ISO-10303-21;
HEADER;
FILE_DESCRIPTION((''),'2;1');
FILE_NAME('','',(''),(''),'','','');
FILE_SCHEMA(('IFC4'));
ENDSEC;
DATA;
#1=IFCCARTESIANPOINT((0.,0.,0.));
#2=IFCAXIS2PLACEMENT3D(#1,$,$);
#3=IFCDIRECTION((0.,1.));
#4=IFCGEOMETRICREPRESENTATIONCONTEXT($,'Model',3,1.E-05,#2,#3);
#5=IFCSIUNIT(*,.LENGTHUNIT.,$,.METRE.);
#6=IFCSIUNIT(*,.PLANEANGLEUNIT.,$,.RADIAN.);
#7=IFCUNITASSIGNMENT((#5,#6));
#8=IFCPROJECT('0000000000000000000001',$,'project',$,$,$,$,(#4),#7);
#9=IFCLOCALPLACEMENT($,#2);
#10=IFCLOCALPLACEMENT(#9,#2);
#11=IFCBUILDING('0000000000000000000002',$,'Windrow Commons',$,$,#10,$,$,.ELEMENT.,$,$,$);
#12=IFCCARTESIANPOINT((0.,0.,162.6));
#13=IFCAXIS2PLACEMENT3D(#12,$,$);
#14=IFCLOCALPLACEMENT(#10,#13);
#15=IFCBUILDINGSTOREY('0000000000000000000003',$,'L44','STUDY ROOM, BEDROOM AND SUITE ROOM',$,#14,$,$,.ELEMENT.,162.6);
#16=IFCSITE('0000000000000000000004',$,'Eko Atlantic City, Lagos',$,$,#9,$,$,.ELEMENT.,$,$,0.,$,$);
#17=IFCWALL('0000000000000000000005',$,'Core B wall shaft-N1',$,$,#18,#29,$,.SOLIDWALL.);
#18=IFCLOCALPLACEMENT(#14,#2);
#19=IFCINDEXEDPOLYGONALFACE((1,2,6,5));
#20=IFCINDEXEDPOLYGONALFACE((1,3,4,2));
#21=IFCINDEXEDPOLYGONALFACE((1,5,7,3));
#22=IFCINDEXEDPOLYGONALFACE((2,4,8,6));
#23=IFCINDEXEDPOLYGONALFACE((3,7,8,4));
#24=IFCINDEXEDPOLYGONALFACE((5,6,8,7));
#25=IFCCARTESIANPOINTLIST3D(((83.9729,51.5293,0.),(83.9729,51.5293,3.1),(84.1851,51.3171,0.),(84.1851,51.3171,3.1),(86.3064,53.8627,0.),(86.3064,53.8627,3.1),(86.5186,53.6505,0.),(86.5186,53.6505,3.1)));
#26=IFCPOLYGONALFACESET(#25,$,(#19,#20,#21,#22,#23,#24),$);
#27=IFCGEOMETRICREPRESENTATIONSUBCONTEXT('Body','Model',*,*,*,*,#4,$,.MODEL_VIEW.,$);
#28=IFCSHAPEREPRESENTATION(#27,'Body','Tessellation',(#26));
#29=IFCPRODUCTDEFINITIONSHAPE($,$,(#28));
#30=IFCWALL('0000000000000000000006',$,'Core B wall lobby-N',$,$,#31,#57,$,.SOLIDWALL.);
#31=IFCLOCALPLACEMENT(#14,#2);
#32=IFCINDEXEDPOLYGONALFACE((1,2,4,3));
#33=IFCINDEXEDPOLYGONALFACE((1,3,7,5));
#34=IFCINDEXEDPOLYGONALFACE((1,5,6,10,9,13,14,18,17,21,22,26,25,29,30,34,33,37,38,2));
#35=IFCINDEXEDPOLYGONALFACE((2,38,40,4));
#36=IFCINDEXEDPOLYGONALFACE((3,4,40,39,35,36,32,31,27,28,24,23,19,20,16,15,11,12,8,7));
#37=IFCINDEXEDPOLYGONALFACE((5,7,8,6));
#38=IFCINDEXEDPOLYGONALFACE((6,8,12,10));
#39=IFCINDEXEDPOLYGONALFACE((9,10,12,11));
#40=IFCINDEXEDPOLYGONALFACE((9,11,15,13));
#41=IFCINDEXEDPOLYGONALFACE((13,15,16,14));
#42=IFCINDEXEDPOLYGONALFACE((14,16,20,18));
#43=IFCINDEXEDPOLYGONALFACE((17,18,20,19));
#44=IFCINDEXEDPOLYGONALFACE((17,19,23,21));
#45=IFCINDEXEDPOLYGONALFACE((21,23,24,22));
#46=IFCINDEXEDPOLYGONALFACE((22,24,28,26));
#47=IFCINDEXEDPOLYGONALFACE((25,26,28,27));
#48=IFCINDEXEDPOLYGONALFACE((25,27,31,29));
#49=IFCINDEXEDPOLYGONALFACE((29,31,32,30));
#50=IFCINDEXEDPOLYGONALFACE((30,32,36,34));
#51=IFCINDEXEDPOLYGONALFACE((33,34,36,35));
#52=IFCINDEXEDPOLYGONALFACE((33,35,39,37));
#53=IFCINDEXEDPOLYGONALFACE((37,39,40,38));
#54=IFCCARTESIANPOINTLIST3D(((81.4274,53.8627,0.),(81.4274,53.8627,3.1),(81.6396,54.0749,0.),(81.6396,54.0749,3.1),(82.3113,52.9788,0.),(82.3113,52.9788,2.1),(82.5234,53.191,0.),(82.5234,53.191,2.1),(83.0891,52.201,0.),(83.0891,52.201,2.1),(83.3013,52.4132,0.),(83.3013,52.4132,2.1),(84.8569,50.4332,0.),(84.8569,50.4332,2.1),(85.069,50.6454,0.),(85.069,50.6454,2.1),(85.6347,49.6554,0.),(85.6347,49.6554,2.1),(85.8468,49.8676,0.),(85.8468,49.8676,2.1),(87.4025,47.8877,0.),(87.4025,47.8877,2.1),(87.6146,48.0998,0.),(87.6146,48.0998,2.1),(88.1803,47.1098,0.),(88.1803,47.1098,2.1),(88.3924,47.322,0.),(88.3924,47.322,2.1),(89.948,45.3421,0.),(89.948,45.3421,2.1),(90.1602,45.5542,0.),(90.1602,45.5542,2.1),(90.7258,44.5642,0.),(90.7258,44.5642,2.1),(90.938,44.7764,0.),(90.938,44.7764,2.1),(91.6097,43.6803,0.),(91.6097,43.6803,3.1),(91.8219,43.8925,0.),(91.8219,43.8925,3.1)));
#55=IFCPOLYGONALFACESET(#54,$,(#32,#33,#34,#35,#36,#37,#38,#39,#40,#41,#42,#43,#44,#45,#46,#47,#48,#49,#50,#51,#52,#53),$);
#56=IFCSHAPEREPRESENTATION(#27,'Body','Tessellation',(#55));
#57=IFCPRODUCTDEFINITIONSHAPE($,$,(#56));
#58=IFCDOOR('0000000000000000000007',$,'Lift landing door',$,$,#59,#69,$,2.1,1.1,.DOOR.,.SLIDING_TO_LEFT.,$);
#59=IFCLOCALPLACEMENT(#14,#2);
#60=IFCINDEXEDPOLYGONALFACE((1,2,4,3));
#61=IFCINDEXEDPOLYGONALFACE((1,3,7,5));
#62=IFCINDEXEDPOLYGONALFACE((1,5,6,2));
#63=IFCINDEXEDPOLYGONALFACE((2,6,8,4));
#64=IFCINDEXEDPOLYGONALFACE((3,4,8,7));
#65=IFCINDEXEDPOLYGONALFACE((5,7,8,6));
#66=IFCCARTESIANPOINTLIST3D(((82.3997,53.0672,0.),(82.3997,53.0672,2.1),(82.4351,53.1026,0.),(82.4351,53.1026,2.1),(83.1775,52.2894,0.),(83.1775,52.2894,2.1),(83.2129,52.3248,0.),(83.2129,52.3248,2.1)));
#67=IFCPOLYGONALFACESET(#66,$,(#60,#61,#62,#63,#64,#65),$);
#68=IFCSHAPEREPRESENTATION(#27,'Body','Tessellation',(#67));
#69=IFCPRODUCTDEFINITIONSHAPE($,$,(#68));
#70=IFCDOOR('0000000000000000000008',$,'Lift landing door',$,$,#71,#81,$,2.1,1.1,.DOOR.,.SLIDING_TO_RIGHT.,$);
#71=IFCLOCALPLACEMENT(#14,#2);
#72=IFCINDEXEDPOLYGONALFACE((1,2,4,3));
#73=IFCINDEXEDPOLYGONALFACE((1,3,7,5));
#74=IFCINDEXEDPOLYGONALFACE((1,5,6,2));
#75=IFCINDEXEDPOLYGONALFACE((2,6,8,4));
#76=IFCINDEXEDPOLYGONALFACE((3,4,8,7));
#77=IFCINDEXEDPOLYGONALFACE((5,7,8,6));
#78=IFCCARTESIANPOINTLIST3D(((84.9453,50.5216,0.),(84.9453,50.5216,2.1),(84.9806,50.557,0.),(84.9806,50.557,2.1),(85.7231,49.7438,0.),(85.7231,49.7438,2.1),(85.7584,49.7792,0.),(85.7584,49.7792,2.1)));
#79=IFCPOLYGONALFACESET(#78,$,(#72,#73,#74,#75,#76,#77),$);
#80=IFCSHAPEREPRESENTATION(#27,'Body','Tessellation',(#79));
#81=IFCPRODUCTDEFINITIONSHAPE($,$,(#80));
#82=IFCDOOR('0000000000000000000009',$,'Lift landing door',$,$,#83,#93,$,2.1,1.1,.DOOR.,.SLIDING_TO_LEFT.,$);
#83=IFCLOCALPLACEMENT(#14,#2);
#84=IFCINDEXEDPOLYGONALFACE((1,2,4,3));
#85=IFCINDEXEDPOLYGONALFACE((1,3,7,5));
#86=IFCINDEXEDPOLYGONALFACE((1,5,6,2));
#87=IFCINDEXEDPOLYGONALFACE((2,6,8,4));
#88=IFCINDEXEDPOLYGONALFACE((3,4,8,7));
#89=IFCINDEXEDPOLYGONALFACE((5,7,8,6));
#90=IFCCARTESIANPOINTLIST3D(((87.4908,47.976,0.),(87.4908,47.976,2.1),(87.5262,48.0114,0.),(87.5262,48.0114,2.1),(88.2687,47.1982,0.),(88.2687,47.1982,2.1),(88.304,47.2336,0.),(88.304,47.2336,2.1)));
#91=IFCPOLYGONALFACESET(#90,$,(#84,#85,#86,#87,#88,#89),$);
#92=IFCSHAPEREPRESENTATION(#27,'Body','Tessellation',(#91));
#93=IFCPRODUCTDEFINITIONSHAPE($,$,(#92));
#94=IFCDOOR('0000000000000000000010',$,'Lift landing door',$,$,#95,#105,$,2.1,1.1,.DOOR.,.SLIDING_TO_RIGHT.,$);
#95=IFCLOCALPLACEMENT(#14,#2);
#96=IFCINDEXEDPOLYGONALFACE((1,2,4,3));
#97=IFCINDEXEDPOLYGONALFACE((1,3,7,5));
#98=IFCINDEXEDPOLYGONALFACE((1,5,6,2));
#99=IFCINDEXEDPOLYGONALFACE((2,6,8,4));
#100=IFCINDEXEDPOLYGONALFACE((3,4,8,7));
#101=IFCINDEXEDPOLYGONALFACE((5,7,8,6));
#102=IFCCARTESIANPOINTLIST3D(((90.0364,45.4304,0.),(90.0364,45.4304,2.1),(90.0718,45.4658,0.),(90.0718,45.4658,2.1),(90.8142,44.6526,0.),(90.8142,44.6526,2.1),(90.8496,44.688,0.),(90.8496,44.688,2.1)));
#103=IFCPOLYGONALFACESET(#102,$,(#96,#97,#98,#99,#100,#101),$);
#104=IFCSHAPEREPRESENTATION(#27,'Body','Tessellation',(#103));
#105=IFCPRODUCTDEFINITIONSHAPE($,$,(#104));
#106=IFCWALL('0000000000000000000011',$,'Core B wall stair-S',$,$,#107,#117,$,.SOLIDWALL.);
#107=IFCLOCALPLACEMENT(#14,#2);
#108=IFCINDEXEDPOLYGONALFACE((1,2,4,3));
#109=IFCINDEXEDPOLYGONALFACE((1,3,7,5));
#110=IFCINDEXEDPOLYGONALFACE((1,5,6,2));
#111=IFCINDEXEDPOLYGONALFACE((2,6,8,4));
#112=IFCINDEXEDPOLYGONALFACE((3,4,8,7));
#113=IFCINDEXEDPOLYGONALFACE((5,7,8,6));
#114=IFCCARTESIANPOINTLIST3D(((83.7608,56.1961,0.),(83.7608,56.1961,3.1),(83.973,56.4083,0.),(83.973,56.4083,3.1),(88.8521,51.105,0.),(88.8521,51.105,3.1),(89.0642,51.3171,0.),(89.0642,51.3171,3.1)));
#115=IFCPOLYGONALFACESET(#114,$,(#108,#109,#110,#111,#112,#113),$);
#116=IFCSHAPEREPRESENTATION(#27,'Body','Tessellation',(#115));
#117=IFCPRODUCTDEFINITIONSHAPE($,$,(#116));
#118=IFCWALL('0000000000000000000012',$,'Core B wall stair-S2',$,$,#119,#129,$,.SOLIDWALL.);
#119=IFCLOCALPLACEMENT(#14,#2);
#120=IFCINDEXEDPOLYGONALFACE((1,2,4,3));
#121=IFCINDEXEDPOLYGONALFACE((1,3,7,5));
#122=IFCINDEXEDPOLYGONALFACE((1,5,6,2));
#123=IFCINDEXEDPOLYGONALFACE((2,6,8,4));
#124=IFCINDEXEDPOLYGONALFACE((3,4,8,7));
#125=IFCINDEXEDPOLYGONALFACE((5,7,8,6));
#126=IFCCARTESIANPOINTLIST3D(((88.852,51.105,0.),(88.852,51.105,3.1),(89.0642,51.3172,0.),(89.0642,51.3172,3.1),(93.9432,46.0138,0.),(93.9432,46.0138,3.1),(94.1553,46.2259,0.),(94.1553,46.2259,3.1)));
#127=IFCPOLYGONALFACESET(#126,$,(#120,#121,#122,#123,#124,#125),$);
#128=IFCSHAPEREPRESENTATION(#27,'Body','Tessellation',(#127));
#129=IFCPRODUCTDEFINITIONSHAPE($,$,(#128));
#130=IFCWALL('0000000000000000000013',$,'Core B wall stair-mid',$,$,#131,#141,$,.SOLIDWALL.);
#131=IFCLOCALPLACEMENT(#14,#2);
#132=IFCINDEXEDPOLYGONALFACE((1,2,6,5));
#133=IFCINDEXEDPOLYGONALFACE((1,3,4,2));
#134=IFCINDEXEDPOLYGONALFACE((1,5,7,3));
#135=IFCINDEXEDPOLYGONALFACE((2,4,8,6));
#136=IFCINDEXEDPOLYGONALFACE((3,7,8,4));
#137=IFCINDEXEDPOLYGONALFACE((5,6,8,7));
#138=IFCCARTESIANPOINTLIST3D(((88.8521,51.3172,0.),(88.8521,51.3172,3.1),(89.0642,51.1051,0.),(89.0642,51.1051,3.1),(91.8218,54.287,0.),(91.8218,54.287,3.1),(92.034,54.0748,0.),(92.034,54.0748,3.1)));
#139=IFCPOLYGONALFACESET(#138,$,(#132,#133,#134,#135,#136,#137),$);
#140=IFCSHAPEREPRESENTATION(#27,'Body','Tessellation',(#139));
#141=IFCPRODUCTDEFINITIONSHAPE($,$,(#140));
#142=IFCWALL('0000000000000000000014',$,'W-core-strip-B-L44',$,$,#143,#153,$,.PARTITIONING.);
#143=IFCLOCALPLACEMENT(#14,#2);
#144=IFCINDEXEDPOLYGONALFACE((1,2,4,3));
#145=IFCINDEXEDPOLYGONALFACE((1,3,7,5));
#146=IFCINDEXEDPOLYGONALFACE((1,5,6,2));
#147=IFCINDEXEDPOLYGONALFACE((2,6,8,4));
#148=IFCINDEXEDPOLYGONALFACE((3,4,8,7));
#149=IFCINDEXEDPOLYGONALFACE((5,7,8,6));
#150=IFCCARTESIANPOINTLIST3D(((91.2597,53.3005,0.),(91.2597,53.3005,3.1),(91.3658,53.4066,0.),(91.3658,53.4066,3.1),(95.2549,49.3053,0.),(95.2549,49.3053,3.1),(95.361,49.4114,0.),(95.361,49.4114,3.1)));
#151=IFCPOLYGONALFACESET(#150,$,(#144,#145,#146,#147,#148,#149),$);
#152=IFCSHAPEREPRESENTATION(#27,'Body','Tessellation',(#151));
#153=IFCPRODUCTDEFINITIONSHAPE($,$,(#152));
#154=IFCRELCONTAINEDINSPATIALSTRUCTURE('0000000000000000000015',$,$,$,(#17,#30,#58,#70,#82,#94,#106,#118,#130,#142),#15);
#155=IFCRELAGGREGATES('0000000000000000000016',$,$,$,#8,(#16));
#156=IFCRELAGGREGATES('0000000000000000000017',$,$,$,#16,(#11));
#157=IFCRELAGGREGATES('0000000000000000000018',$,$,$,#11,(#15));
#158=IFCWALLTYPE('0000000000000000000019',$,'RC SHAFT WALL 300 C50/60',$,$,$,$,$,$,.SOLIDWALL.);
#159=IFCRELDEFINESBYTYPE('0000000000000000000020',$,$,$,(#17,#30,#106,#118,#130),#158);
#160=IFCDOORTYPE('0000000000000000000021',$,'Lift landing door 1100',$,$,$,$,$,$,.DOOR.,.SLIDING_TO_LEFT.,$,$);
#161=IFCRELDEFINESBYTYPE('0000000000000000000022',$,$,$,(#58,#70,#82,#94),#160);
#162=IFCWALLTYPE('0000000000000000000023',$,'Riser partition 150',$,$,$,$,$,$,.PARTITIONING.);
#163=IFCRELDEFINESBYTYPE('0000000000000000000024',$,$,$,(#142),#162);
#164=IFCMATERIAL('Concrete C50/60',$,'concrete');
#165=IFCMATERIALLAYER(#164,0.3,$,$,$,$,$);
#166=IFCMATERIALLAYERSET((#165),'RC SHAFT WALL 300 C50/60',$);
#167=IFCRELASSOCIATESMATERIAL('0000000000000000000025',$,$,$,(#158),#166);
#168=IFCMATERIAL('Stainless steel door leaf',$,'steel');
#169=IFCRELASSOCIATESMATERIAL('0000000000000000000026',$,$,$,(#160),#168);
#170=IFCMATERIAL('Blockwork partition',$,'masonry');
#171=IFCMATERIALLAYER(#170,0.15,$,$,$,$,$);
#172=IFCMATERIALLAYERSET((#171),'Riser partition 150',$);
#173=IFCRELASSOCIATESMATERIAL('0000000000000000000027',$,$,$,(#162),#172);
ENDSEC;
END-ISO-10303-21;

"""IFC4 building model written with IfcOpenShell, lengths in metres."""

from ifc_helpers import new_model, si_unit, direction, frame, frame_2d, origin, place, context, subcontext, project, spatial, rectangle, extrude, material, layer, layer_set, type_object, element, fill, save


model = new_model("IFC4")

# Units and contexts
model_context = context("Model", 3, precision=1e-05, world=origin(), true_north=direction((0.0, 1.0)))
body_context = subcontext(model_context, "Body", "Model", "MODEL_VIEW")
ifc_project = project(units=[si_unit("LENGTHUNIT", "METRE"), si_unit("PLANEANGLEUNIT", "RADIAN")], contexts=[model_context])

# Site, building, storey
site_placement = place(None, origin())
site = spatial("IfcSite", under=ifc_project, at=site_placement, Name="Eko Atlantic City, Lagos", CompositionType="ELEMENT", RefElevation=0.0)
building_placement = place(site_placement, origin())
building = spatial("IfcBuilding", under=site, at=building_placement, Name="Windrow Commons", CompositionType="ELEMENT")
storey_placement = place(building_placement, frame((0.0, 0.0, 162.6)))
storey = spatial("IfcBuildingStorey", under=building, at=storey_placement, Name="L44", Description="STUDY ROOM, BEDROOM AND SUITE ROOM", CompositionType="ELEMENT", Elevation=162.6)

# Wall
ifc_material_1 = material(Name="Concrete C50/60", Category="concrete")
ifc_layer_1 = layer(ifc_material_1, 0.3)
ifc_layer_set_1 = layer_set([ifc_layer_1], Name="RC SHAFT WALL 300 C50/60")
wall_type_1 = type_object("IfcWallType", Name="RC SHAFT WALL 300 C50/60", PredefinedType="SOLIDWALL", material=ifc_layer_set_1)
wall_1_placement = place(storey_placement, frame((84.079, 51.4232, 0.0), z_axis=(0.0, 0.0, 1.0), x_axis=(0.707122, 0.707092, 0.0)))
element("IfcWall", 1, at=wall_1_placement, inside=storey, type_object=wall_type_1, Name="Core B wall shaft-N1", PredefinedType="SOLIDWALL", context=body_context, shape_type="SweptSolid", body=[
    extrude(rectangle(XDim=3.3, YDim=0.3, at=frame_2d((1.65, 0.0))), origin(), (0.0, 0.0, 1.0), 3.1),
])

# Wall, openings, doors
wall_2_placement = place(storey_placement, frame((81.5335, 53.9688, 0.0), z_axis=(0.0, 0.0, 1.0), x_axis=(0.707103, -0.70711, 0.0)))
wall_2 = element("IfcWall", 2, at=wall_2_placement, inside=storey, type_object=wall_type_1, Name="Core B wall lobby-N", PredefinedType="SOLIDWALL", context=body_context, shape_type="SweptSolid", body=[
    extrude(rectangle(XDim=14.4, YDim=0.3, at=frame_2d((7.2, 0.0))), origin(), (0.0, 0.0, 1.0), 3.1),
])
opening_1_placement = place(wall_2_placement, frame((1.25, 0.0, 0.0)))
opening_1 = element("IfcOpeningElement", 3, at=opening_1_placement, cuts=wall_2, PredefinedType="OPENING", context=body_context, shape_type="SweptSolid", body=[
    extrude(rectangle(XDim=1.1, YDim=2.1, at=frame_2d((0.55, 1.05))), frame((0.0, 0.16, 0.0), z_axis=(0.0, -1.0, 0.0), x_axis=(1.0, 0.0, 0.0)), (0.0, 0.0, 1.0), 0.32),
])
opening_2_placement = place(wall_2_placement, frame((4.85, 0.0, 0.0)))
opening_2 = element("IfcOpeningElement", 4, at=opening_2_placement, cuts=wall_2, PredefinedType="OPENING", context=body_context, shape_type="SweptSolid", body=[
    extrude(rectangle(XDim=1.1, YDim=2.1, at=frame_2d((0.55, 1.05))), frame((0.0, 0.16, 0.0), z_axis=(0.0, -1.0, 0.0), x_axis=(1.0, 0.0, 0.0)), (0.0, 0.0, 1.0), 0.32),
])
opening_3_placement = place(wall_2_placement, frame((8.45, 0.0, 0.0)))
opening_3 = element("IfcOpeningElement", 5, at=opening_3_placement, cuts=wall_2, PredefinedType="OPENING", context=body_context, shape_type="SweptSolid", body=[
    extrude(rectangle(XDim=1.1, YDim=2.1, at=frame_2d((0.55, 1.05))), frame((0.0, 0.16, 0.0), z_axis=(0.0, -1.0, 0.0), x_axis=(1.0, 0.0, 0.0)), (0.0, 0.0, 1.0), 0.32),
])
opening_4_placement = place(wall_2_placement, frame((12.05, 0.0, 0.0)))
opening_4 = element("IfcOpeningElement", 6, at=opening_4_placement, cuts=wall_2, PredefinedType="OPENING", context=body_context, shape_type="SweptSolid", body=[
    extrude(rectangle(XDim=1.1, YDim=2.1, at=frame_2d((0.55, 1.05))), frame((0.0, 0.16, 0.0), z_axis=(0.0, -1.0, 0.0), x_axis=(1.0, 0.0, 0.0)), (0.0, 0.0, 1.0), 0.32),
])
ifc_material_2 = material(Name="Stainless steel door leaf", Category="steel")
door_type = type_object("IfcDoorType", Name="Lift landing door 1100", OperationType="SLIDING_TO_LEFT", PredefinedType="DOOR", material=ifc_material_2)
door_1_placement = place(opening_1_placement, origin())
door_1 = element("IfcDoor", 7, at=door_1_placement, inside=storey, type_object=door_type, Name="Lift landing door", OperationType="SLIDING_TO_LEFT", OverallHeight=2.1, OverallWidth=1.1, PredefinedType="DOOR", context=body_context, shape_type="SweptSolid", body=[
    extrude(rectangle(XDim=1.1, YDim=2.1, at=frame_2d((0.55, 1.05))), frame((0.0, 0.025, 0.0), z_axis=(0.0, -1.0, 0.0), x_axis=(1.0, 0.0, 0.0)), (0.0, 0.0, 1.0), 0.05),
])
fill(opening_1, door_1)
door_2_placement = place(opening_2_placement, origin())
door_2 = element("IfcDoor", 8, at=door_2_placement, inside=storey, type_object=door_type, Name="Lift landing door", OperationType="SLIDING_TO_RIGHT", OverallHeight=2.1, OverallWidth=1.1, PredefinedType="DOOR", context=body_context, shape_type="SweptSolid", body=[
    extrude(rectangle(XDim=1.1, YDim=2.1, at=frame_2d((0.55, 1.05))), frame((0.0, 0.025, 0.0), z_axis=(0.0, -1.0, 0.0), x_axis=(1.0, 0.0, 0.0)), (0.0, 0.0, 1.0), 0.05),
])
fill(opening_2, door_2)
door_3_placement = place(opening_3_placement, origin())
door_3 = element("IfcDoor", 9, at=door_3_placement, inside=storey, type_object=door_type, Name="Lift landing door", OperationType="SLIDING_TO_LEFT", OverallHeight=2.1, OverallWidth=1.1, PredefinedType="DOOR", context=body_context, shape_type="SweptSolid", body=[
    extrude(rectangle(XDim=1.1, YDim=2.1, at=frame_2d((0.55, 1.05))), frame((0.0, 0.025, 0.0), z_axis=(0.0, -1.0, 0.0), x_axis=(1.0, 0.0, 0.0)), (0.0, 0.0, 1.0), 0.05),
])
fill(opening_3, door_3)
door_4_placement = place(opening_4_placement, origin())
door_4 = element("IfcDoor", 10, at=door_4_placement, inside=storey, type_object=door_type, Name="Lift landing door", OperationType="SLIDING_TO_RIGHT", OverallHeight=2.1, OverallWidth=1.1, PredefinedType="DOOR", context=body_context, shape_type="SweptSolid", body=[
    extrude(rectangle(XDim=1.1, YDim=2.1, at=frame_2d((0.55, 1.05))), frame((0.0, 0.025, 0.0), z_axis=(0.0, -1.0, 0.0), x_axis=(1.0, 0.0, 0.0)), (0.0, 0.0, 1.0), 0.05),
])
fill(opening_4, door_4)

# Walls
for number, where, z_axis, x_axis, name in (
    (11, (83.8669, 56.3022, 0.0), (0.0, 0.0, 1.0), (0.707114, -0.7071, 0.0), "Core B wall stair-S"),
    (12, (88.9581, 51.2111, 0.0), (0.0, 0.0, 1.0), (0.7071, -0.707114, 0.0), "Core B wall stair-S2"),
):
    element("IfcWall", number, at=place(storey_placement, frame(where, z_axis=z_axis, x_axis=x_axis)), inside=storey, type_object=wall_type_1, Name=name, PredefinedType="SOLIDWALL", context=body_context, shape_type="SweptSolid", body=[
        extrude(rectangle(XDim=7.2, YDim=0.3, at=frame_2d((3.6, 0.0))), origin(), (0.0, 0.0, 1.0), 3.1),
    ])
wall_3_placement = place(storey_placement, frame((88.9581, 51.2111, 0.0), z_axis=(0.0, 0.0, 1.0), x_axis=(0.707107, 0.707107, 0.0)))
element("IfcWall", 13, at=wall_3_placement, inside=storey, type_object=wall_type_1, Name="Core B wall stair-mid", PredefinedType="SOLIDWALL", context=body_context, shape_type="SweptSolid", body=[
    extrude(rectangle(XDim=4.1999, YDim=0.3, at=frame_2d((2.1, 0.0))), origin(), (0.0, 0.0, 1.0), 3.1),
])
ifc_material_3 = material(Name="Blockwork partition", Category="masonry")
ifc_layer_2 = layer(ifc_material_3, 0.15)
ifc_layer_set_2 = layer_set([ifc_layer_2], Name="Riser partition 150")
wall_type_2 = type_object("IfcWallType", Name="Riser partition 150", PredefinedType="PARTITIONING", material=ifc_layer_set_2)
wall_4_placement = place(storey_placement, frame((91.3127, 53.3536, 0.0), z_axis=(0.0, 0.0, 1.0), x_axis=(0.707107, -0.707107, 0.0)))
element("IfcWall", 14, at=wall_4_placement, inside=storey, type_object=wall_type_2, Name="W-core-strip-B-L44", PredefinedType="PARTITIONING", context=body_context, shape_type="SweptSolid", body=[
    extrude(rectangle(XDim=5.6501, YDim=0.15, at=frame_2d((2.8251, 0.0))), origin(), (0.0, 0.0, 1.0), 3.1),
])

save(model, "model.ifc")
